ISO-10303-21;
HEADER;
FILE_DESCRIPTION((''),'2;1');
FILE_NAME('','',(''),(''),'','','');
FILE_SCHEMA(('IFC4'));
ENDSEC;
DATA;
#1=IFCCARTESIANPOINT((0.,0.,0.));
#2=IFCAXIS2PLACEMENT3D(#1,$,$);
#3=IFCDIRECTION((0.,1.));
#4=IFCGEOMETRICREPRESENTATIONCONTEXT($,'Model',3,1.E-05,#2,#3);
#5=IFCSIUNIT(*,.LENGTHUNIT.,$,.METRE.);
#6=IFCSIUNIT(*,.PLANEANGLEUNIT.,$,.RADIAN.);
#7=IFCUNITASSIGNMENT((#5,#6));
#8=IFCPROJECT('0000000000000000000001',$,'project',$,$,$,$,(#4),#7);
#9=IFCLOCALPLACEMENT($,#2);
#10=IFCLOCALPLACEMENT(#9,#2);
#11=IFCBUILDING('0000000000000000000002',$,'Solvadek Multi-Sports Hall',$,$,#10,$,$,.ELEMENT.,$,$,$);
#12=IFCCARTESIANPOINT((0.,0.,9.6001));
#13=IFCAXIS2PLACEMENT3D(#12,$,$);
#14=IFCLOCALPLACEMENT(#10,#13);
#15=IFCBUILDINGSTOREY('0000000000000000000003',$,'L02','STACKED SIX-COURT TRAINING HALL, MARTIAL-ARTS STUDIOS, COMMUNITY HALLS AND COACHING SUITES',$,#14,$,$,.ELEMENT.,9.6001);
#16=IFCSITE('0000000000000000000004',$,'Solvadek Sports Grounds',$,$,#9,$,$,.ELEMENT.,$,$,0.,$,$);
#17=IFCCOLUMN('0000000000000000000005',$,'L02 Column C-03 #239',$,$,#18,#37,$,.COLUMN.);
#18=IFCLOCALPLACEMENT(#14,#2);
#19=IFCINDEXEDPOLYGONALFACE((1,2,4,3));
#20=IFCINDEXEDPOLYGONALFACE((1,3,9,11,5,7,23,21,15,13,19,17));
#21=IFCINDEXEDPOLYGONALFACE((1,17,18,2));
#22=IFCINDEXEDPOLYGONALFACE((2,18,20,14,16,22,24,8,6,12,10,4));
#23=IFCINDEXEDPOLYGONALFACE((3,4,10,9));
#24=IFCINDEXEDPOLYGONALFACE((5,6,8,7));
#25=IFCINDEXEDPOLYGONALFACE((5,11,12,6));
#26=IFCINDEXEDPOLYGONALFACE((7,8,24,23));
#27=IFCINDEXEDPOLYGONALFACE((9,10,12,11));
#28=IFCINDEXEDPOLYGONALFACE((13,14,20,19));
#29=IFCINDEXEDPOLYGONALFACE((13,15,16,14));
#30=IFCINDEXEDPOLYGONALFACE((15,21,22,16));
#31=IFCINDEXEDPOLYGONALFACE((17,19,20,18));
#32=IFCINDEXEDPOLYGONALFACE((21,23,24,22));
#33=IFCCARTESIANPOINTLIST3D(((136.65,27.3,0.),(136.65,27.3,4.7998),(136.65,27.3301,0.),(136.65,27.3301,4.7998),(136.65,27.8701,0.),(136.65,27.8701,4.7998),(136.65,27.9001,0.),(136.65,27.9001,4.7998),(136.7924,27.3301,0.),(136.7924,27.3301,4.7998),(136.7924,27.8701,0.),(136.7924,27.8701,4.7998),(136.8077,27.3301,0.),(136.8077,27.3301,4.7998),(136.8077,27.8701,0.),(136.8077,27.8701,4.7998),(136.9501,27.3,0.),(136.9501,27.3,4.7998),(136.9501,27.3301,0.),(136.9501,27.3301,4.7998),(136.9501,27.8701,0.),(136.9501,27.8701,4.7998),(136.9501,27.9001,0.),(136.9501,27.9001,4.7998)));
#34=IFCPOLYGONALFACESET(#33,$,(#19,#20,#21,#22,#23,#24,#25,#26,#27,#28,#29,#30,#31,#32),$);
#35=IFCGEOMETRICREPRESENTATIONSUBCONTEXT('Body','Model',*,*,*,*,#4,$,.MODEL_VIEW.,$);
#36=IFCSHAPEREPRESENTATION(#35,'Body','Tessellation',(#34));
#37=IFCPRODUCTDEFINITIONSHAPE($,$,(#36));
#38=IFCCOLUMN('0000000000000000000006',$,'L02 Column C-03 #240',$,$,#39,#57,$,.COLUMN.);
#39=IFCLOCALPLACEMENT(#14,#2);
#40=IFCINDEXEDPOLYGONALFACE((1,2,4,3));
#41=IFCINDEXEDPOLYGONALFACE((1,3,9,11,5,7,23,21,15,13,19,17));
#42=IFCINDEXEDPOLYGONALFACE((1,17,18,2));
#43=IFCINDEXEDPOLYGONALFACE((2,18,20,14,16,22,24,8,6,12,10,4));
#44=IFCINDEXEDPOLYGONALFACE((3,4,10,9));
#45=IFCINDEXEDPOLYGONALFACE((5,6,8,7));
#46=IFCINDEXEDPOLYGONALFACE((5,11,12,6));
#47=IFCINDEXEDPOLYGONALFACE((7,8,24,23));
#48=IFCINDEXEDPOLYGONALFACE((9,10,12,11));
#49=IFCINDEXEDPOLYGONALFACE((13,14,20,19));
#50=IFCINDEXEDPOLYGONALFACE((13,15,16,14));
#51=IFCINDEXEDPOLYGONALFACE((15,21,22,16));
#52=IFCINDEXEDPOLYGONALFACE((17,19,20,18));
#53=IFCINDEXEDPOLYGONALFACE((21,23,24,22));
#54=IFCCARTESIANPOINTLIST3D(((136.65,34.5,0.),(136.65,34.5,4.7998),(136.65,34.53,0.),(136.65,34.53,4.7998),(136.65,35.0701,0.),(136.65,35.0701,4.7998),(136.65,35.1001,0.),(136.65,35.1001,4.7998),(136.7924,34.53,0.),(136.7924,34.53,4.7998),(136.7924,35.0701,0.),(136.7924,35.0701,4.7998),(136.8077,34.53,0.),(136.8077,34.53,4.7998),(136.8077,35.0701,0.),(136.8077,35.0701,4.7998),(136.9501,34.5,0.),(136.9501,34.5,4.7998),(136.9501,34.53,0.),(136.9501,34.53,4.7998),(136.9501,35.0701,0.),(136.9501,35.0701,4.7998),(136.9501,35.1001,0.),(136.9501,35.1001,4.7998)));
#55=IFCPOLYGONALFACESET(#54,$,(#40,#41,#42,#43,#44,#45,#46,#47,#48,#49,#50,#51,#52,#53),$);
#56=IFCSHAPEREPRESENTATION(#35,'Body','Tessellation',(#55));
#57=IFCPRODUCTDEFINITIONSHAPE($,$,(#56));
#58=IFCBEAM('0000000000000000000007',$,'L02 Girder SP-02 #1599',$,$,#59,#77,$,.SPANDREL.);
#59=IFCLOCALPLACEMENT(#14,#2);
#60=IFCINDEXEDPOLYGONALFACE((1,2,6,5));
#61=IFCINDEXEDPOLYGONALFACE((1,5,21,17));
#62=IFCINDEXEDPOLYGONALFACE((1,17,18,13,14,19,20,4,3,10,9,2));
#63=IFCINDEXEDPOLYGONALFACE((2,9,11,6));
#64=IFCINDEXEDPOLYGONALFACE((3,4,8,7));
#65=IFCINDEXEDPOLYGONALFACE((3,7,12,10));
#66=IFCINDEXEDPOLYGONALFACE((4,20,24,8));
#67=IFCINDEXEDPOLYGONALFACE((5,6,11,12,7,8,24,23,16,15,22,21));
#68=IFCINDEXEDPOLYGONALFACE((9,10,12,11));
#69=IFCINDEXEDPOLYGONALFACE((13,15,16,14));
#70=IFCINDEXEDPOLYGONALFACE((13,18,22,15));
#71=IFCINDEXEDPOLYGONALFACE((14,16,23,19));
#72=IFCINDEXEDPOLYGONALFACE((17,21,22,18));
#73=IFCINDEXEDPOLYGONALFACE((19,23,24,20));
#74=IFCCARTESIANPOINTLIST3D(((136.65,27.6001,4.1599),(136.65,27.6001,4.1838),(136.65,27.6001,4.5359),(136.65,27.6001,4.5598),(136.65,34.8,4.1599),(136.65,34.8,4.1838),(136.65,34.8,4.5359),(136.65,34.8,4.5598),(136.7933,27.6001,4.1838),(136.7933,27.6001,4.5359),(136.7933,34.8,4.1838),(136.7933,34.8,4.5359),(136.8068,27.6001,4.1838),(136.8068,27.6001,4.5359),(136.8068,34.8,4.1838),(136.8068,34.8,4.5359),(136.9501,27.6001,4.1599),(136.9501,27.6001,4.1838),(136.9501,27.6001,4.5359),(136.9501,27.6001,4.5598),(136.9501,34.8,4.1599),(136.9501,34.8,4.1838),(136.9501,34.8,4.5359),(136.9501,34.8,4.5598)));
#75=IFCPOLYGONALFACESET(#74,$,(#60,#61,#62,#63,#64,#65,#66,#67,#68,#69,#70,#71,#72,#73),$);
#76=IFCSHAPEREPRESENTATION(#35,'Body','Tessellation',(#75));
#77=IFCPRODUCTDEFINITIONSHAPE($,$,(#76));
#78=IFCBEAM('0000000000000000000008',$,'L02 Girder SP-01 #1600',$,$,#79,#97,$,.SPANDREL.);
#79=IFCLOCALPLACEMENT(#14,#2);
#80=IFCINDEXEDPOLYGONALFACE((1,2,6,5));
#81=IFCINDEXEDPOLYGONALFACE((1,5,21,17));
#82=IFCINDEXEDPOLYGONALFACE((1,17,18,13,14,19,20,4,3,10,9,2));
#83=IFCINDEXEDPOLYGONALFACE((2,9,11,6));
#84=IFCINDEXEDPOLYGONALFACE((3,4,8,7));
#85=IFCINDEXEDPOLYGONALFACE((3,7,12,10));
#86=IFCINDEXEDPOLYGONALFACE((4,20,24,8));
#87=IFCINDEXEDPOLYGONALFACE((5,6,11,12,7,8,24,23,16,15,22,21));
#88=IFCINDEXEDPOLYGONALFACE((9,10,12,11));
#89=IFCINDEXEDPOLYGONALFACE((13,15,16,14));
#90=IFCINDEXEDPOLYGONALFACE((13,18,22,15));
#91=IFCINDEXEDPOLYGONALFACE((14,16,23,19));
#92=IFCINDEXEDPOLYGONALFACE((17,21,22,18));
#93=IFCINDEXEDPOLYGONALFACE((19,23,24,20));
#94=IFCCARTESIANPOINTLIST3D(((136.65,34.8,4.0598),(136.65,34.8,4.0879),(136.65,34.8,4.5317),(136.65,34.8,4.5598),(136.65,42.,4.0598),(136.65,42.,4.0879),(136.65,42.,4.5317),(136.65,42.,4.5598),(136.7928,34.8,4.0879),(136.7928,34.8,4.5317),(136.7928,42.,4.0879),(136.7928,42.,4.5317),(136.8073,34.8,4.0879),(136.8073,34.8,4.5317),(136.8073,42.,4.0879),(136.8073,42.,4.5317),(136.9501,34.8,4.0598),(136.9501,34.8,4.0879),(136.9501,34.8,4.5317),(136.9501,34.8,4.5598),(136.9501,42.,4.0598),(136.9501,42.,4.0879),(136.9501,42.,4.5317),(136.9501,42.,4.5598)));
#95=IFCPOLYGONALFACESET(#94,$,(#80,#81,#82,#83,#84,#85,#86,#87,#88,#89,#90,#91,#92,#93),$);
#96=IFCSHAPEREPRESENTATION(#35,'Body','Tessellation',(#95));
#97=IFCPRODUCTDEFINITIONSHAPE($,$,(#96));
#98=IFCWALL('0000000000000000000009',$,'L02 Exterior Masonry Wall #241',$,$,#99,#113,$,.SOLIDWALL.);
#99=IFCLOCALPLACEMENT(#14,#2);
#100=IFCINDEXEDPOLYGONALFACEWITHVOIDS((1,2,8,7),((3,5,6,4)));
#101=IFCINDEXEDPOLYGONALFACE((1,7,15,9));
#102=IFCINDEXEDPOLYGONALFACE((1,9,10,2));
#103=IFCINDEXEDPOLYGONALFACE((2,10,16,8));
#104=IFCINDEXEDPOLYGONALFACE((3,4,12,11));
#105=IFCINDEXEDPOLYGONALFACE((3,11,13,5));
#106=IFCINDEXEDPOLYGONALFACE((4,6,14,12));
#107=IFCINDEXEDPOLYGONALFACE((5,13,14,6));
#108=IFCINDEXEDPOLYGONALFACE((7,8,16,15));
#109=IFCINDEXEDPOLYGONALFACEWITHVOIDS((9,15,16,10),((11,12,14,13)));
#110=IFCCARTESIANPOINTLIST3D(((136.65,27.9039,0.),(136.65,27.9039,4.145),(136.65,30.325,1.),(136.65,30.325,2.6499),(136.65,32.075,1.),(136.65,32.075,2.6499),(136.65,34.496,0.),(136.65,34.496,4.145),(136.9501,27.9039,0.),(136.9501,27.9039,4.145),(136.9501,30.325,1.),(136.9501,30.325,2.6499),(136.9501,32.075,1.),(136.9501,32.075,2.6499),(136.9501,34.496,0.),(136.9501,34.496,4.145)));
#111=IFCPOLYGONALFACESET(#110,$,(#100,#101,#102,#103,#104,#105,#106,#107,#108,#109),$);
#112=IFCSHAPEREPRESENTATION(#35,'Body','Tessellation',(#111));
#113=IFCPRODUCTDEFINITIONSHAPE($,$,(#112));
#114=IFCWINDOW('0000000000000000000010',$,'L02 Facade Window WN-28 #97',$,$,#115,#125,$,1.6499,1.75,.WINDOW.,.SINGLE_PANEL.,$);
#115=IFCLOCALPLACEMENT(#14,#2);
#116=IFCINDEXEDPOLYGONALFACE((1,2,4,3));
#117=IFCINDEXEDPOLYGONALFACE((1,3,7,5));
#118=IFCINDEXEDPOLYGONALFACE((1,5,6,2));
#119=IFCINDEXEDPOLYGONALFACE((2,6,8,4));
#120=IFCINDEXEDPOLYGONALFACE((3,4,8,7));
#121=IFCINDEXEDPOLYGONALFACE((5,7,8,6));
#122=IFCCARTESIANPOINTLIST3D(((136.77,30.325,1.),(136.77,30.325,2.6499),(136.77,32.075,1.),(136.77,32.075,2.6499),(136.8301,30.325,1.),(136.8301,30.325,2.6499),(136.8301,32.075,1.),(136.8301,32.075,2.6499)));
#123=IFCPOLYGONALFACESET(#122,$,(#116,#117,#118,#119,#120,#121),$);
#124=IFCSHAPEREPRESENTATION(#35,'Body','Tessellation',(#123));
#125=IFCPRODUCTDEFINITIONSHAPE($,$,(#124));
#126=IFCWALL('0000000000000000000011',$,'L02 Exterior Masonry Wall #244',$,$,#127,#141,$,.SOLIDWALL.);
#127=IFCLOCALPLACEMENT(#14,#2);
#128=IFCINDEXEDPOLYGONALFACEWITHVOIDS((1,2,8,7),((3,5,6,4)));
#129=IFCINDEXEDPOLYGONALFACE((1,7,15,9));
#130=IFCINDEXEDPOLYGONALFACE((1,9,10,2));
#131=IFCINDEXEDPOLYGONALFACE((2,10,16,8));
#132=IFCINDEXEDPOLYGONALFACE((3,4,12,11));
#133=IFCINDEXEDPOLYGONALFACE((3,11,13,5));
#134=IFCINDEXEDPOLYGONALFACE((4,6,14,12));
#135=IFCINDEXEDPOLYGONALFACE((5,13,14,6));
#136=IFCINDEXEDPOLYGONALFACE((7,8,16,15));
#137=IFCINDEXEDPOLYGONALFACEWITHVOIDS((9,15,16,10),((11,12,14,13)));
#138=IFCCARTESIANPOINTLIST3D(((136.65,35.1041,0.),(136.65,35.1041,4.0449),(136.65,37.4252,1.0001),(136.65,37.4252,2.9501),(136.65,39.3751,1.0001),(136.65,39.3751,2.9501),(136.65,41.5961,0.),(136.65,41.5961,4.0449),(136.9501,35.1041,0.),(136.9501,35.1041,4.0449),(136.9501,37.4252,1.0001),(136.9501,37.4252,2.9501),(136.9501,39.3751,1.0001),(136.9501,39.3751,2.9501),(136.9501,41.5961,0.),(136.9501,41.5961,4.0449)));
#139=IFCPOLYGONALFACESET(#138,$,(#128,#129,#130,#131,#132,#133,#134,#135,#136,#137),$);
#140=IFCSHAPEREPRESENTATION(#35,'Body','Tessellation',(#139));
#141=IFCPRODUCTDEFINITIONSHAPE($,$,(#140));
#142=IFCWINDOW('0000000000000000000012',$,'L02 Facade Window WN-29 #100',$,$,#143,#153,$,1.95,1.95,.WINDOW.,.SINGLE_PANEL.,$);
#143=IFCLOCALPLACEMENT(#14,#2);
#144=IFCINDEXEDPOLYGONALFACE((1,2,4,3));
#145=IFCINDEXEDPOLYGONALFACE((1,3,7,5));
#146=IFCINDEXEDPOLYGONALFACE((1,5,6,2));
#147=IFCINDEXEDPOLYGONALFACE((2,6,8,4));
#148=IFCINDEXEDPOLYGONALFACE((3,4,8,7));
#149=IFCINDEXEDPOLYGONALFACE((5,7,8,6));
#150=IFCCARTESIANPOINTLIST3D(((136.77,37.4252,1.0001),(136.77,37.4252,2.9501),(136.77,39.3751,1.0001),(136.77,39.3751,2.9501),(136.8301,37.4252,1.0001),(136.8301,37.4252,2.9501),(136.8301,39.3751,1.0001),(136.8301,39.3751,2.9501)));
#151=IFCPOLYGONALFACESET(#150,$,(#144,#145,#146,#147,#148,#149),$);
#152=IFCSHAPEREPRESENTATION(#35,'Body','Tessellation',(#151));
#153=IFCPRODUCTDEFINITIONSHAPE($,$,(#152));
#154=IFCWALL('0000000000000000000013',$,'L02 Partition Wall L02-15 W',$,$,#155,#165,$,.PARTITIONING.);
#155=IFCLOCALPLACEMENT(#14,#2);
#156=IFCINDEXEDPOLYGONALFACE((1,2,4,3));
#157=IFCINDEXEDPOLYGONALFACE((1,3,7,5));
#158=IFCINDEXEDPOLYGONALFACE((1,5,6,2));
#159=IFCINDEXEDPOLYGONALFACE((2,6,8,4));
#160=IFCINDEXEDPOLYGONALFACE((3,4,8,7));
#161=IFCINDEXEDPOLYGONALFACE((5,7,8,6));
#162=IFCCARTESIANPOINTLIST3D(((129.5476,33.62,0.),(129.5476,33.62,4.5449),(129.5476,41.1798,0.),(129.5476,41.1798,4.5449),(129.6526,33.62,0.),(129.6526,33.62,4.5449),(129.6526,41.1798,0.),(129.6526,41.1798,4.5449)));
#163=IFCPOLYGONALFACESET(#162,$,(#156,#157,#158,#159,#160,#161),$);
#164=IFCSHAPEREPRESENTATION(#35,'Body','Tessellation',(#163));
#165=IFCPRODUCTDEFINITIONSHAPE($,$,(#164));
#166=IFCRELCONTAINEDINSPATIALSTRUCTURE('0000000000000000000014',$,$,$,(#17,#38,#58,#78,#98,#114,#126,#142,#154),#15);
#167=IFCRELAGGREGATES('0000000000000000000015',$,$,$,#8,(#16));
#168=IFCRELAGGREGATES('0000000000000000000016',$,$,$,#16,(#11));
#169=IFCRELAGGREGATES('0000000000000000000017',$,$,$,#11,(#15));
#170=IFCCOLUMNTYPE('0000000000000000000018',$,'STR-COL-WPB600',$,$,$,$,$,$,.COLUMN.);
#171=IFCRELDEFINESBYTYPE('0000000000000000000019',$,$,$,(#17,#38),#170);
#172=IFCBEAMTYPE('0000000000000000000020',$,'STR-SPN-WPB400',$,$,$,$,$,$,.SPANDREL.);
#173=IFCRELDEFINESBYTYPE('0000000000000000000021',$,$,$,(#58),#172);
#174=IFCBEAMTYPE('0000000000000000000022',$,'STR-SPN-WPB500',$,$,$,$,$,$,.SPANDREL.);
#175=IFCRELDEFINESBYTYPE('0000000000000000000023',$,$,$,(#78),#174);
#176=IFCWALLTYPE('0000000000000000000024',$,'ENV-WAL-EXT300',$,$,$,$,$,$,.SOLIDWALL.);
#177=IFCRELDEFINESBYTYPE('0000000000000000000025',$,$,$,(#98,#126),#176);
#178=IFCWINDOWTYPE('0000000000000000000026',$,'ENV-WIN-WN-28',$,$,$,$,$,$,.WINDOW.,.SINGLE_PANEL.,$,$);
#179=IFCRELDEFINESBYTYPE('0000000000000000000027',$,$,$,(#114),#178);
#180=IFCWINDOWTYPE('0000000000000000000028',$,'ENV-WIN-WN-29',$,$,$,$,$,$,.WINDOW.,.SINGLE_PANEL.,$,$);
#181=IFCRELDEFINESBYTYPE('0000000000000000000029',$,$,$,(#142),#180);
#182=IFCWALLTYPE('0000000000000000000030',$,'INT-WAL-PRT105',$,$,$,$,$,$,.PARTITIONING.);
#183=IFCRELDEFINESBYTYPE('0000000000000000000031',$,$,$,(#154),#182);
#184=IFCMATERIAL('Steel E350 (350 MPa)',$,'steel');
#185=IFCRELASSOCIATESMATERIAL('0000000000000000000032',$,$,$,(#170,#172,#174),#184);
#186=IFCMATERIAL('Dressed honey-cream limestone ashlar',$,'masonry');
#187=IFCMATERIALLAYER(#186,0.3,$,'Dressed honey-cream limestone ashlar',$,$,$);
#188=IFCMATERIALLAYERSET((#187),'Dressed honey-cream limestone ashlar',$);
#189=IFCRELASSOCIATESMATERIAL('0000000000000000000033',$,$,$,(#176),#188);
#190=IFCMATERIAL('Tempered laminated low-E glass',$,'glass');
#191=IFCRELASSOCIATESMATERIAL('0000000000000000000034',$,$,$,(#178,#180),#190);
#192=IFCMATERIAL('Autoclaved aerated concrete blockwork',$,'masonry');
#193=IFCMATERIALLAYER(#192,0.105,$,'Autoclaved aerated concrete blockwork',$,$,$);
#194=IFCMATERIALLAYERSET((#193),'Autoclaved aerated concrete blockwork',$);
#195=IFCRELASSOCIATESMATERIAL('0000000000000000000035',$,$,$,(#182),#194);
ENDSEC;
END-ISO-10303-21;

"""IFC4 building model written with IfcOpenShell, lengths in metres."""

from ifc_helpers import new_model, si_unit, direction, frame, frame_2d, origin, origin_2d, place, context, subcontext, project, spatial, rectangle, i_section, extrude, material, layer, layer_set, material_profile, profile_set, type_object, element, fill, save


model = new_model("IFC4")

# Units and contexts
model_context = context("Model", 3, precision=1e-05, world=origin(), true_north=direction((0.0, 1.0)))
body_context = subcontext(model_context, "Body", "Model", "MODEL_VIEW")
ifc_project = project(units=[si_unit("LENGTHUNIT", "METRE"), si_unit("PLANEANGLEUNIT", "RADIAN")], contexts=[model_context])

# Site, building, storey
site_placement = place(None, origin())
site = spatial("IfcSite", under=ifc_project, at=site_placement, Name="Solvadek Sports Grounds", CompositionType="ELEMENT", RefElevation=0.0)
building_placement = place(site_placement, origin())
building = spatial("IfcBuilding", under=site, at=building_placement, Name="Solvadek Multi-Sports Hall", CompositionType="ELEMENT")
storey_placement = place(building_placement, frame((0.0, 0.0, 9.6001)))
storey = spatial("IfcBuildingStorey", under=building, at=storey_placement, Name="L02", Description="STACKED SIX-COURT TRAINING HALL, MARTIAL-ARTS STUDIOS, COMMUNITY HALLS AND COACHING SUITES", CompositionType="ELEMENT", Elevation=9.6001)

# Columns
ifc_material_1 = material(Name="Steel E350 (350 MPa)", Category="steel")
ifc_material_profile_1 = material_profile(ifc_material_1, i_section(OverallWidth=0.3, OverallDepth=0.6001, WebThickness=0.0154, FlangeThickness=0.03, at=origin_2d()), Name="WPB 600")
ifc_profile_set_1 = profile_set([ifc_material_profile_1], Name="Steel E350 (350 MPa)")
column_type = type_object("IfcColumnType", Name="STR-COL-WPB600", PredefinedType="COLUMN", material=ifc_profile_set_1)
for number, where, z_axis, x_axis, name in (
    (1, (136.8, 27.6001, 0.0), (0.0, 0.0, 1.0), (1.0, 0.0, 0.0), "L02 Column C-03 #239"),
    (2, (136.8, 34.8, 0.0), (0.0, 0.0, 1.0), (1.0, 0.0, 0.0), "L02 Column C-03 #240"),
):
    element("IfcColumn", number, at=place(storey_placement, frame(where, z_axis=z_axis, x_axis=x_axis)), inside=storey, type_object=column_type, Name=name, PredefinedType="COLUMN", context=body_context, shape_type="SweptSolid", body=[
        extrude(i_section(OverallWidth=0.3, OverallDepth=0.6001, WebThickness=0.0154, FlangeThickness=0.03, at=origin_2d()), origin(), (0.0, 0.0, 1.0), 4.7998),
    ])

# Beams
ifc_material_profile_2 = material_profile(ifc_material_1, i_section(OverallWidth=0.3, OverallDepth=0.3999, WebThickness=0.0134, FlangeThickness=0.0239, at=origin_2d()), Name="WPB 400")
ifc_profile_set_2 = profile_set([ifc_material_profile_2], Name="Steel E350 (350 MPa)")
beam_type_1 = type_object("IfcBeamType", Name="STR-SPN-WPB400", PredefinedType="SPANDREL", material=ifc_profile_set_2)
beam_1_placement = place(storey_placement, frame((136.8, 27.6001, 4.3599), z_axis=(0.0, 1.0, 0.0), x_axis=(-1.0, 0.0, 0.0)))
element("IfcBeam", 3, at=beam_1_placement, inside=storey, type_object=beam_type_1, Name="L02 Girder SP-02 #1599", PredefinedType="SPANDREL", context=body_context, shape_type="SweptSolid", body=[
    extrude(i_section(OverallWidth=0.3, OverallDepth=0.3999, WebThickness=0.0134, FlangeThickness=0.0239, at=origin_2d()), origin(), (0.0, 0.0, 1.0), 7.2),
])
ifc_material_profile_3 = material_profile(ifc_material_1, i_section(OverallWidth=0.3, OverallDepth=0.5, WebThickness=0.0144, FlangeThickness=0.0281, at=origin_2d()), Name="WPB 500")
ifc_profile_set_3 = profile_set([ifc_material_profile_3], Name="Steel E350 (350 MPa)")
beam_type_2 = type_object("IfcBeamType", Name="STR-SPN-WPB500", PredefinedType="SPANDREL", material=ifc_profile_set_3)
beam_2_placement = place(storey_placement, frame((136.8, 34.8, 4.3098), z_axis=(0.0, 1.0, 0.0), x_axis=(-1.0, 0.0, 0.0)))
element("IfcBeam", 4, at=beam_2_placement, inside=storey, type_object=beam_type_2, Name="L02 Girder SP-01 #1600", PredefinedType="SPANDREL", context=body_context, shape_type="SweptSolid", body=[
    extrude(i_section(OverallWidth=0.3, OverallDepth=0.5, WebThickness=0.0144, FlangeThickness=0.0281, at=origin_2d()), origin(), (0.0, 0.0, 1.0), 7.2),
])

# Walls, openings, windows
ifc_material_2 = material(Name="Dressed honey-cream limestone ashlar", Category="masonry")
ifc_layer_1 = layer(ifc_material_2, 0.3, Name="Dressed honey-cream limestone ashlar")
ifc_layer_set_1 = layer_set([ifc_layer_1], Name="Dressed honey-cream limestone ashlar")
wall_type_1 = type_object("IfcWallType", Name="ENV-WAL-EXT300", PredefinedType="SOLIDWALL", material=ifc_layer_set_1)
wall_1_placement = place(storey_placement, frame((136.8, 27.9041, 0.0), z_axis=(0.0, 0.0, 1.0), x_axis=(0.0, 1.0, 0.0)))
wall_1 = element("IfcWall", 5, at=wall_1_placement, inside=storey, type_object=wall_type_1, Name="L02 Exterior Masonry Wall #241", PredefinedType="SOLIDWALL", context=body_context, shape_type="SweptSolid", body=[
    extrude(rectangle(XDim=6.592, YDim=0.3, at=frame_2d((3.2959, 0.0))), origin(), (0.0, 0.0, 1.0), 4.145),
])
opening_1_placement = place(wall_1_placement, frame((2.4209, 0.0, 1.0)))
opening_1 = element("IfcOpeningElement", 6, at=opening_1_placement, cuts=wall_1, PredefinedType="OPENING", context=body_context, shape_type="SweptSolid", body=[
    extrude(rectangle(XDim=1.75, YDim=1.6499, at=frame_2d((0.875, 0.825))), frame((0.0, 0.1599, 0.0), z_axis=(0.0, -1.0, 0.0), x_axis=(1.0, 0.0, 0.0)), (0.0, 0.0, 1.0), 0.3201),
])
ifc_material_3 = material(Name="Tempered laminated low-E glass", Category="glass")
window_type_1 = type_object("IfcWindowType", Name="ENV-WIN-WN-28", PartitioningType="SINGLE_PANEL", PredefinedType="WINDOW", material=ifc_material_3)
window_1_placement = place(opening_1_placement, origin())
window_1 = element("IfcWindow", 7, at=window_1_placement, inside=storey, type_object=window_type_1, Name="L02 Facade Window WN-28 #97", OverallHeight=1.6499, OverallWidth=1.75, PartitioningType="SINGLE_PANEL", PredefinedType="WINDOW", context=body_context, shape_type="SweptSolid", body=[
    extrude(rectangle(XDim=1.75, YDim=1.6499, at=frame_2d((0.875, 0.825))), frame((0.0, 0.03, 0.0), z_axis=(0.0, -1.0, 0.0), x_axis=(1.0, 0.0, 0.0)), (0.0, 0.0, 1.0), 0.0601),
])
fill(opening_1, window_1)
wall_2_placement = place(storey_placement, frame((136.8, 35.104, 0.0), z_axis=(0.0, 0.0, 1.0), x_axis=(0.0, 1.0, 0.0)))
wall_2 = element("IfcWall", 8, at=wall_2_placement, inside=storey, type_object=wall_type_1, Name="L02 Exterior Masonry Wall #244", PredefinedType="SOLIDWALL", context=body_context, shape_type="SweptSolid", body=[
    extrude(rectangle(XDim=6.4919, YDim=0.3, at=frame_2d((3.2461, 0.0))), origin(), (0.0, 0.0, 1.0), 4.0449),
])
opening_2_placement = place(wall_2_placement, frame((2.321, 0.0, 1.0)))
opening_2 = element("IfcOpeningElement", 9, at=opening_2_placement, cuts=wall_2, PredefinedType="OPENING", context=body_context, shape_type="SweptSolid", body=[
    extrude(rectangle(XDim=1.95, YDim=1.95, at=frame_2d((0.9751, 0.9751))), frame((0.0, 0.1599, 0.0), z_axis=(0.0, -1.0, 0.0), x_axis=(1.0, 0.0, 0.0)), (0.0, 0.0, 1.0), 0.3201),
])
window_type_2 = type_object("IfcWindowType", Name="ENV-WIN-WN-29", PartitioningType="SINGLE_PANEL", PredefinedType="WINDOW", material=ifc_material_3)
window_2_placement = place(opening_2_placement, origin())
window_2 = element("IfcWindow", 10, at=window_2_placement, inside=storey, type_object=window_type_2, Name="L02 Facade Window WN-29 #100", OverallHeight=1.95, OverallWidth=1.95, PartitioningType="SINGLE_PANEL", PredefinedType="WINDOW", context=body_context, shape_type="SweptSolid", body=[
    extrude(rectangle(XDim=1.95, YDim=1.95, at=frame_2d((0.9751, 0.9751))), frame((0.0, 0.03, 0.0), z_axis=(0.0, -1.0, 0.0), x_axis=(1.0, 0.0, 0.0)), (0.0, 0.0, 1.0), 0.0601),
])
fill(opening_2, window_2)

# Wall
ifc_material_4 = material(Name="Autoclaved aerated concrete blockwork", Category="masonry")
ifc_layer_2 = layer(ifc_material_4, 0.105, Name="Autoclaved aerated concrete blockwork")
ifc_layer_set_2 = layer_set([ifc_layer_2], Name="Autoclaved aerated concrete blockwork")
wall_type_2 = type_object("IfcWallType", Name="INT-WAL-PRT105", PredefinedType="PARTITIONING", material=ifc_layer_set_2)
wall_3_placement = place(storey_placement, frame((129.6001, 33.6201, 0.0), z_axis=(0.0, 0.0, 1.0), x_axis=(0.0, 1.0, 0.0)))
element("IfcWall", 11, at=wall_3_placement, inside=storey, type_object=wall_type_2, Name="L02 Partition Wall L02-15 W", PredefinedType="PARTITIONING", context=body_context, shape_type="SweptSolid", body=[
    extrude(rectangle(XDim=7.5598, YDim=0.105, at=frame_2d((3.7798, 0.0))), origin(), (0.0, 0.0, 1.0), 4.5449),
])

save(model, "model.ifc")
